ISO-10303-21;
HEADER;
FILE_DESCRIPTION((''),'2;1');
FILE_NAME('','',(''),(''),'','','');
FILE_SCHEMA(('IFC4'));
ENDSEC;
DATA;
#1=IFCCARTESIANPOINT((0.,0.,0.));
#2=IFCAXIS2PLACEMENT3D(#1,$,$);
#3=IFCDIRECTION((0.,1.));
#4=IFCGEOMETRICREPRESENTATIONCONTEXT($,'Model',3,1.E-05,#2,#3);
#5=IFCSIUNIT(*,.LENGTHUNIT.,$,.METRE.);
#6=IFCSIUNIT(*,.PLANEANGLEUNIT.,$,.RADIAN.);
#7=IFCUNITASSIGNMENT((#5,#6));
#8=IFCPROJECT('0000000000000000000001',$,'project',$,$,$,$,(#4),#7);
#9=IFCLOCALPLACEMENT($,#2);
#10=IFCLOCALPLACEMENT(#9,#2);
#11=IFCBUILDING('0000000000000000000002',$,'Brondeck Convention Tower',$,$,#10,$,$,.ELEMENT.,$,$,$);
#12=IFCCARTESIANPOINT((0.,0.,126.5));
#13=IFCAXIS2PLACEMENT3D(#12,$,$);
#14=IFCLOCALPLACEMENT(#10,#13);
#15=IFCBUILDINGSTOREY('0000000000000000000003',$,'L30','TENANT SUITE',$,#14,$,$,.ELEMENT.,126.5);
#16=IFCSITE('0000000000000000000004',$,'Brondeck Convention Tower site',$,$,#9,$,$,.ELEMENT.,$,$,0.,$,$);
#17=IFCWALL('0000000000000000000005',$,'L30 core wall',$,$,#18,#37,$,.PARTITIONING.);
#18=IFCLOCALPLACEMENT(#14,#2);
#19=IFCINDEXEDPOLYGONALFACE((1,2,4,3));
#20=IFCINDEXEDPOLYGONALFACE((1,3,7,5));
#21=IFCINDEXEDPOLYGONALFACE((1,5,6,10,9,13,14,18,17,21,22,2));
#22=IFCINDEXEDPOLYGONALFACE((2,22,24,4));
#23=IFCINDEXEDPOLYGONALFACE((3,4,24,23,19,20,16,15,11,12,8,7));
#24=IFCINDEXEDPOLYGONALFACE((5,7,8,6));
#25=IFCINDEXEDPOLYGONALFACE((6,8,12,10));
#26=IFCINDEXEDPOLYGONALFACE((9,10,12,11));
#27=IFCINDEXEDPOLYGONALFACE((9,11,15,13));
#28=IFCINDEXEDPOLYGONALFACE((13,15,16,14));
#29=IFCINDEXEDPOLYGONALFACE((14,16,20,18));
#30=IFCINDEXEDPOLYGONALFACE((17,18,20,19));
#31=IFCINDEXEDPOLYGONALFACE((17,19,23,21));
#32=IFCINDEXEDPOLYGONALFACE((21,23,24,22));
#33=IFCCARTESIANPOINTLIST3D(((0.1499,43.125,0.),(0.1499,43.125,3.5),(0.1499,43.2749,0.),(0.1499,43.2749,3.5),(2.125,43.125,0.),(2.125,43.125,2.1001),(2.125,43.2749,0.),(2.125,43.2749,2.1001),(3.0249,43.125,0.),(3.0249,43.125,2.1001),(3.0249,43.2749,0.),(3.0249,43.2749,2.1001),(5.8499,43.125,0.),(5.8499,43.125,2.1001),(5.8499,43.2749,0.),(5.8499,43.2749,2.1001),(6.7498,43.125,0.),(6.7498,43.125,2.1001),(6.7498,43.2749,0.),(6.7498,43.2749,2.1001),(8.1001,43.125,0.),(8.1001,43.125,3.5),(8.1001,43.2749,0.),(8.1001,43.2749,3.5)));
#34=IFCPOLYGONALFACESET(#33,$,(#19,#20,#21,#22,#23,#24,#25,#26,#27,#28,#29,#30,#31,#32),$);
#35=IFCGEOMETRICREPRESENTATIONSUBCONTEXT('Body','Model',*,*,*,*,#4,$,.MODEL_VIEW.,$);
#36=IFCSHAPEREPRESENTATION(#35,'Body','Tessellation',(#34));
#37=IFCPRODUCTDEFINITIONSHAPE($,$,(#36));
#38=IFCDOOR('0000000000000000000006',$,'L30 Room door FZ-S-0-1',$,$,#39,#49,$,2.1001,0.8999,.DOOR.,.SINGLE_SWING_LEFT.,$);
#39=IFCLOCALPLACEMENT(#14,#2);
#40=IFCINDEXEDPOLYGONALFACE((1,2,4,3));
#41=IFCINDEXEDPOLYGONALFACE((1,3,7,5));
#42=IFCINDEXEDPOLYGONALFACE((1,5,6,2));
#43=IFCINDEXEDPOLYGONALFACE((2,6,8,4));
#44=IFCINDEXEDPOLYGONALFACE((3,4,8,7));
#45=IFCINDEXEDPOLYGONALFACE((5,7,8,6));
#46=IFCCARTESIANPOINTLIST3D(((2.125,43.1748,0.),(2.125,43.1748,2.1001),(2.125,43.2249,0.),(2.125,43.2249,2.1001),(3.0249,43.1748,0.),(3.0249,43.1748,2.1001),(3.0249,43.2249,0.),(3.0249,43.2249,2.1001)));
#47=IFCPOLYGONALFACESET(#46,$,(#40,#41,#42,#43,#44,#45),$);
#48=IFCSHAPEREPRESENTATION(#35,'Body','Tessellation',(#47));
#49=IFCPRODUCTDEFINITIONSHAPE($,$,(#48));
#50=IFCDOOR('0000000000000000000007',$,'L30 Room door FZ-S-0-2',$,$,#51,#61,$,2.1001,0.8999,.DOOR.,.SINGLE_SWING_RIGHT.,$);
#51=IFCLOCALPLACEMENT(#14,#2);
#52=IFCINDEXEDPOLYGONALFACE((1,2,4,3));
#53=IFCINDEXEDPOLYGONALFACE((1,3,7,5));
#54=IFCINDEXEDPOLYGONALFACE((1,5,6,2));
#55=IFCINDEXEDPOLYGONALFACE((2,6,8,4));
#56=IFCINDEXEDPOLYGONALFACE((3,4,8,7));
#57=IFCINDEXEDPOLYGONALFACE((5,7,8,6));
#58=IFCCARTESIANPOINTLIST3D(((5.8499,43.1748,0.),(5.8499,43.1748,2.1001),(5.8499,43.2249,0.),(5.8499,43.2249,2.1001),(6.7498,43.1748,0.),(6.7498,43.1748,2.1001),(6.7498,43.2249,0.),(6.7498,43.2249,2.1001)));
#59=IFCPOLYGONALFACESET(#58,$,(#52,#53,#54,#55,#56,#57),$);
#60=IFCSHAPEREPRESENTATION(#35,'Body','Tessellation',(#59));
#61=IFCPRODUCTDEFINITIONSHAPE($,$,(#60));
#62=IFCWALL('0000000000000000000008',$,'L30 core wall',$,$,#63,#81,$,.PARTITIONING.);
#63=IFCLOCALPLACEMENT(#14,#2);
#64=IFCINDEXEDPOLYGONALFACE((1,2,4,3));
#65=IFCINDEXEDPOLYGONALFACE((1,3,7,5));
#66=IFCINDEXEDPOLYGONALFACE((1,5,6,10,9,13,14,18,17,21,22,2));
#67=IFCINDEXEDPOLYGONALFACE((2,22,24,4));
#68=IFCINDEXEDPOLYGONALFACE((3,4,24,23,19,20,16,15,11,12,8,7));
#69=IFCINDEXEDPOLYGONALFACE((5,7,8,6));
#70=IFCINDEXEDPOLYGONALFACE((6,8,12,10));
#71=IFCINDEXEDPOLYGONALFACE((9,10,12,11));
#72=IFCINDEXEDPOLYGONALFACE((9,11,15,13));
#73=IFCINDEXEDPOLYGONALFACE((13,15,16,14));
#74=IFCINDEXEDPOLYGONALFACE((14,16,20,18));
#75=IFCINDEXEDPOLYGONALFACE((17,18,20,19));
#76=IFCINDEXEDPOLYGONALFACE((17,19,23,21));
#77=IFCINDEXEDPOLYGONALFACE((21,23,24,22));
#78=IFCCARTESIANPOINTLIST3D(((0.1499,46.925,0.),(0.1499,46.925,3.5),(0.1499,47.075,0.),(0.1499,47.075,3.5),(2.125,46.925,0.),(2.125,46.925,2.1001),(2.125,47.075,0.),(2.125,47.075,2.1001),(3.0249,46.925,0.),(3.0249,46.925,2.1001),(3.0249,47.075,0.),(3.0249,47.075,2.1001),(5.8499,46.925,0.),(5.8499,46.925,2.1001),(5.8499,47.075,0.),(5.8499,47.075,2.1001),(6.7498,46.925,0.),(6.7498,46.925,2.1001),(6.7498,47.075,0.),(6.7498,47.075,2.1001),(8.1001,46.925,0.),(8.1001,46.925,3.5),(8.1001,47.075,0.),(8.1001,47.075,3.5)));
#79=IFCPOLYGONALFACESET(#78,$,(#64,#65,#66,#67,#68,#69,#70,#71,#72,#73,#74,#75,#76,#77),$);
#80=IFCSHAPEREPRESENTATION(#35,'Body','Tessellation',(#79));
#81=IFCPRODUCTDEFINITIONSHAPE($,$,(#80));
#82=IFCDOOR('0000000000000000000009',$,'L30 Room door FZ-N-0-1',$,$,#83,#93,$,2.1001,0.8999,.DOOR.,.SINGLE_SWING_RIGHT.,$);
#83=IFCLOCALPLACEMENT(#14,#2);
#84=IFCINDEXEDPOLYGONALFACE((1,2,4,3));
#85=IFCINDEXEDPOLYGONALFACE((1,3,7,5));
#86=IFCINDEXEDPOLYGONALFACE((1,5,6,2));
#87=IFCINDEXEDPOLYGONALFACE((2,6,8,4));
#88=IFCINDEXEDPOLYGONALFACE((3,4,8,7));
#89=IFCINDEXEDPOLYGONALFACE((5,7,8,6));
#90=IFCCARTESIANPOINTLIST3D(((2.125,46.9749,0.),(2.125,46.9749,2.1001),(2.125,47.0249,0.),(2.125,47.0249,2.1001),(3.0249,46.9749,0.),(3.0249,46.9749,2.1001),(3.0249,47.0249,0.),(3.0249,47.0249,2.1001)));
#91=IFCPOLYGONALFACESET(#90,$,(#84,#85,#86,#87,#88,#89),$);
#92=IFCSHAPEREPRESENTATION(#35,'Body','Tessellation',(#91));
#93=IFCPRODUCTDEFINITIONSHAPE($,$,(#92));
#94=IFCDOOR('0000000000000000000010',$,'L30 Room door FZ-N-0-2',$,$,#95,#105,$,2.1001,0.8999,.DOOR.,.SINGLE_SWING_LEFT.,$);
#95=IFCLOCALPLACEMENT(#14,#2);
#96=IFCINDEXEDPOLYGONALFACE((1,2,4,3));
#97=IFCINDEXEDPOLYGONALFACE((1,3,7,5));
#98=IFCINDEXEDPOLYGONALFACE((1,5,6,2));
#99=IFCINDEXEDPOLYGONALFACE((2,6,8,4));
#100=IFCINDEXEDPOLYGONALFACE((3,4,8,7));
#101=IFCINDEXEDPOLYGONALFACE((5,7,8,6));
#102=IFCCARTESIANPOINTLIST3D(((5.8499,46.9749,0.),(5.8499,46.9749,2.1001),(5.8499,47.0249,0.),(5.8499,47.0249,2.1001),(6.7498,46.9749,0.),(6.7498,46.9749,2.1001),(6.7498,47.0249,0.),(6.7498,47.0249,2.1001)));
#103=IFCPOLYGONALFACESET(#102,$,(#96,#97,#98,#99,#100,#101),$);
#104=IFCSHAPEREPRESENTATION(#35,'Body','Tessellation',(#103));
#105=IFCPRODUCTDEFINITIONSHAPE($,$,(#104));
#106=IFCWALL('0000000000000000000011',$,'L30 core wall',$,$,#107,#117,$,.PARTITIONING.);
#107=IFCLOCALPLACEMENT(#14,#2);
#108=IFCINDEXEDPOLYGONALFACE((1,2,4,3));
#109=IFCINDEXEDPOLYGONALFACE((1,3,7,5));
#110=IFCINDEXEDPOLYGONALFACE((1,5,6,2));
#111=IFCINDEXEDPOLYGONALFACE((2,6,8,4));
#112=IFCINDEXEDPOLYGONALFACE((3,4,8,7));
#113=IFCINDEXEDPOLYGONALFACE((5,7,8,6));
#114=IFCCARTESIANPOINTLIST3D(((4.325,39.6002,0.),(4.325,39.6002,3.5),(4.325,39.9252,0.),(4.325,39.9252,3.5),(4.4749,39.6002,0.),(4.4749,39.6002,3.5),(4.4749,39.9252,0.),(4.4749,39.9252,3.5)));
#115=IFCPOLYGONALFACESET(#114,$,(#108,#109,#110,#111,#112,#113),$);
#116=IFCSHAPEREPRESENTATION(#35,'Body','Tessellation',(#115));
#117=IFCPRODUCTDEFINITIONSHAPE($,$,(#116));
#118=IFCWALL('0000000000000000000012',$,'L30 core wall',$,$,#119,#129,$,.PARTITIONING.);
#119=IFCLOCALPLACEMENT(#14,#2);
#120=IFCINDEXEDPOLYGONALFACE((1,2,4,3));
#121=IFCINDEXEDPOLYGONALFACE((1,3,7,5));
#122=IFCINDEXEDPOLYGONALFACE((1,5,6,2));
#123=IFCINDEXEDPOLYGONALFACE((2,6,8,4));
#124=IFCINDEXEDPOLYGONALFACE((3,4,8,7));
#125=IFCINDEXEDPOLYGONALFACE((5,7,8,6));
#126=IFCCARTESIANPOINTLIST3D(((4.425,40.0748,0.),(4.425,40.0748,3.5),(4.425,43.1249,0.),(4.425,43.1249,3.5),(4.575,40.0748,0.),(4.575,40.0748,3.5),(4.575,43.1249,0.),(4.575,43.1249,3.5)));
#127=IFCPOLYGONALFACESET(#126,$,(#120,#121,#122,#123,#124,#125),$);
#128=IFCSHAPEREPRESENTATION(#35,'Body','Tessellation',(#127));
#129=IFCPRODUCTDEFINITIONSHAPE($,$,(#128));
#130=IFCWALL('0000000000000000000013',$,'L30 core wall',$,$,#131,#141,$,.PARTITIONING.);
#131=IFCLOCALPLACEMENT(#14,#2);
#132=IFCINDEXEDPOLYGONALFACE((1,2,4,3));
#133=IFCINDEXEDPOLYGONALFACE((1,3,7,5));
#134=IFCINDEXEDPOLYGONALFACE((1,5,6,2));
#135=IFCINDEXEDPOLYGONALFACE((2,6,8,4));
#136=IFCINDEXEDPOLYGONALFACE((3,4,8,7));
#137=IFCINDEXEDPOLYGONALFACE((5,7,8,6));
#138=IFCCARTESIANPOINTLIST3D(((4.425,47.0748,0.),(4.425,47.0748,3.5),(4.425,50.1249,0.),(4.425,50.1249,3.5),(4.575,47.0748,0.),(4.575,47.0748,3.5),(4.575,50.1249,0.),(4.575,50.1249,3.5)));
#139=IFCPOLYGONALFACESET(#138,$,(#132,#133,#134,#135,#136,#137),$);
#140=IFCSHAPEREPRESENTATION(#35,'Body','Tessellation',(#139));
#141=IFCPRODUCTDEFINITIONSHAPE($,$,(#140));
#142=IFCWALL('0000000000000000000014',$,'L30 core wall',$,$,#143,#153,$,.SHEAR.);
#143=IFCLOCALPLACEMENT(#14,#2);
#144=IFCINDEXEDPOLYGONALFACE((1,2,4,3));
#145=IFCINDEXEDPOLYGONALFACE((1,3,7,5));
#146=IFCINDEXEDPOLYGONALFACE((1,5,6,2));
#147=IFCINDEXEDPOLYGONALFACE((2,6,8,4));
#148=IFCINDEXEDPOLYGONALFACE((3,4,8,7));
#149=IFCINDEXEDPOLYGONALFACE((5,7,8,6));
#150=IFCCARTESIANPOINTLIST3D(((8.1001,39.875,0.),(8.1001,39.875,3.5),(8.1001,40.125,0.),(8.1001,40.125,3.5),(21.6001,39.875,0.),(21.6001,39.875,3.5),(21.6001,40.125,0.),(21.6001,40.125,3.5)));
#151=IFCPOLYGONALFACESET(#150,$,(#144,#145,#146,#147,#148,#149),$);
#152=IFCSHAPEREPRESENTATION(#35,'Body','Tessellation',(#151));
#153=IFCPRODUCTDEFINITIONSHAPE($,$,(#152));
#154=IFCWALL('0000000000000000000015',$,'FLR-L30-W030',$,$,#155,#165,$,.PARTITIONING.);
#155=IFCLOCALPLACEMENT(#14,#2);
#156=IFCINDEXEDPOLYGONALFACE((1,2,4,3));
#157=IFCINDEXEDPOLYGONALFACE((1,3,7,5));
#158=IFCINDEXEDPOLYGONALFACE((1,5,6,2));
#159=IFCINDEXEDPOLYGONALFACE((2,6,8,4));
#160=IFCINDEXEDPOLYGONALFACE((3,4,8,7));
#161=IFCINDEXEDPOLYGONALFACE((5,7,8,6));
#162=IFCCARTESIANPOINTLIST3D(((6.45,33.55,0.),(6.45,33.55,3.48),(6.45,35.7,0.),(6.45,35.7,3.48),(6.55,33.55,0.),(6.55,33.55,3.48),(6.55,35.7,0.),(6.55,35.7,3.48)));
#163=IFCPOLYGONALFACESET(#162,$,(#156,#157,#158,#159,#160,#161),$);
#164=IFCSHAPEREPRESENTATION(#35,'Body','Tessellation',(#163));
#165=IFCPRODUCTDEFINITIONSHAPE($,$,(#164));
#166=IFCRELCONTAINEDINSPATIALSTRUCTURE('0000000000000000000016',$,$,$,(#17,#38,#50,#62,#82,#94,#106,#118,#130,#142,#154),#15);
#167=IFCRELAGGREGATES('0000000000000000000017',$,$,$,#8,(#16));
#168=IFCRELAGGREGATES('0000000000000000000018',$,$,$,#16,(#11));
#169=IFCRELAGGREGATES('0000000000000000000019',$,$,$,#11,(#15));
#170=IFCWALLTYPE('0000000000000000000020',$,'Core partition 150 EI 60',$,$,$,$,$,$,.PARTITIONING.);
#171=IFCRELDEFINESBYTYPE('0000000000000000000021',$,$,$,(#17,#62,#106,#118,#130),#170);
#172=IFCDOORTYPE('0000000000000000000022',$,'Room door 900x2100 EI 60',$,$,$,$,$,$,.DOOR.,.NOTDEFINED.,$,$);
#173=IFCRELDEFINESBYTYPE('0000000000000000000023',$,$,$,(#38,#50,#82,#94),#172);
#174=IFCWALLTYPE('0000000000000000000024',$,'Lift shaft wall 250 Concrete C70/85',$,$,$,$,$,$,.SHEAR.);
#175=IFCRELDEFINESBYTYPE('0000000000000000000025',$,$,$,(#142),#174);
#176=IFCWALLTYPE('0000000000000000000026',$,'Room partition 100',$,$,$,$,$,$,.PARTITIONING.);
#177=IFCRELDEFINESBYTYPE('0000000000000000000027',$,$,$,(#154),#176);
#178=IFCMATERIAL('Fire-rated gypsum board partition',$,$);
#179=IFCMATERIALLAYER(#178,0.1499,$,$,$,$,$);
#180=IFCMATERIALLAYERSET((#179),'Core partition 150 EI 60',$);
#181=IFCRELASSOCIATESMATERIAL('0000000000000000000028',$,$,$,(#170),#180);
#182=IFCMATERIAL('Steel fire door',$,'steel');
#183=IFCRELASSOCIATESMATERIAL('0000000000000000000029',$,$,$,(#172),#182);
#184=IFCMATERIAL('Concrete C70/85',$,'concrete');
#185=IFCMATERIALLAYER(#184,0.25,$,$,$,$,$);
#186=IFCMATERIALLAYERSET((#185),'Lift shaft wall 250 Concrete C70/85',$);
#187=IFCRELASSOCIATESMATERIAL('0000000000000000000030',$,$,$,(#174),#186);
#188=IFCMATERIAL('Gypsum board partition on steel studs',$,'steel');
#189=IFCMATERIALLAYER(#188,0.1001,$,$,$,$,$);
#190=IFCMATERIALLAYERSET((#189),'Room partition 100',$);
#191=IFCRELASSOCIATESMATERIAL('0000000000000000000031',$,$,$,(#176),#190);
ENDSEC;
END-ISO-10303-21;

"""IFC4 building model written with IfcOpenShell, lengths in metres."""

from ifc_helpers import new_model, si_unit, direction, frame, frame_2d, origin, place, context, subcontext, project, spatial, rectangle, extrude, material, layer, layer_set, type_object, element, fill, save


model = new_model("IFC4")

# Units and contexts
model_context = context("Model", 3, precision=1e-05, world=origin(), true_north=direction((0.0, 1.0)))
body_context = subcontext(model_context, "Body", "Model", "MODEL_VIEW")
ifc_project = project(units=[si_unit("LENGTHUNIT", "METRE"), si_unit("PLANEANGLEUNIT", "RADIAN")], contexts=[model_context])

# Site, building, storey
site_placement = place(None, origin())
site = spatial("IfcSite", under=ifc_project, at=site_placement, Name="Brondeck Convention Tower site", CompositionType="ELEMENT", RefElevation=0.0)
building_placement = place(site_placement, origin())
building = spatial("IfcBuilding", under=site, at=building_placement, Name="Brondeck Convention Tower", CompositionType="ELEMENT")
storey_placement = place(building_placement, frame((0.0, 0.0, 126.5)))
storey = spatial("IfcBuildingStorey", under=building, at=storey_placement, Name="L30", Description="TENANT SUITE", CompositionType="ELEMENT", Elevation=126.5)

# Shared definitions
ifc_material_1 = material(Name="Concrete C70/85", Category="concrete")

# Shared definitions
ifc_material_2 = material(Name="Fire-rated gypsum board partition")
ifc_layer_1 = layer(ifc_material_2, 0.1499)
ifc_layer_set_1 = layer_set([ifc_layer_1], Name="Core partition 150 EI 60")
wall_type_1 = type_object("IfcWallType", Name="Core partition 150 EI 60", PredefinedType="PARTITIONING", material=ifc_layer_set_1)
ifc_material_3 = material(Name="Steel fire door", Category="steel")
door_type_1 = type_object("IfcDoorType", Name="Room door 900x2100 EI 60", OperationType="NOTDEFINED", PredefinedType="DOOR", material=ifc_material_3)

# Walls, openings, doors
wall_1_placement = place(storey_placement, frame((0.1499, 43.2, 0.0), z_axis=(0.0, 0.0, 1.0), x_axis=(1.0, 0.0, 0.0)))
wall_1 = element("IfcWall", 1, at=wall_1_placement, inside=storey, type_object=wall_type_1, Name="L30 core wall", PredefinedType="PARTITIONING", context=body_context, shape_type="SweptSolid", body=[
    extrude(rectangle(XDim=7.9502, YDim=0.1499, at=frame_2d((3.9751, 0.0))), origin(), (0.0, 0.0, 1.0), 3.5),
])
opening_1_placement = place(wall_1_placement, frame((1.9751, 0.0, 0.0)))
opening_1 = element("IfcOpeningElement", 2, at=opening_1_placement, cuts=wall_1, PredefinedType="OPENING", context=body_context, shape_type="SweptSolid", body=[
    extrude(rectangle(XDim=0.8999, YDim=2.1001, at=frame_2d((0.45, 1.05))), frame((0.0, 0.085, 0.0), z_axis=(0.0, -1.0, 0.0), x_axis=(1.0, 0.0, 0.0)), (0.0, 0.0, 1.0), 0.1699),
])
opening_2_placement = place(wall_1_placement, frame((5.7, 0.0, 0.0)))
opening_2 = element("IfcOpeningElement", 3, at=opening_2_placement, cuts=wall_1, PredefinedType="OPENING", context=body_context, shape_type="SweptSolid", body=[
    extrude(rectangle(XDim=0.8999, YDim=2.1001, at=frame_2d((0.45, 1.05))), frame((0.0, 0.085, 0.0), z_axis=(0.0, -1.0, 0.0), x_axis=(1.0, 0.0, 0.0)), (0.0, 0.0, 1.0), 0.1699),
])
door_1_placement = place(opening_1_placement, origin())
door_1 = element("IfcDoor", 4, at=door_1_placement, inside=storey, type_object=door_type_1, Name="L30 Room door FZ-S-0-1", OperationType="SINGLE_SWING_LEFT", OverallHeight=2.1001, OverallWidth=0.8999, PredefinedType="DOOR", context=body_context, shape_type="SweptSolid", body=[
    extrude(rectangle(XDim=0.8999, YDim=2.1001, at=frame_2d((0.45, 1.05))), frame((0.0, 0.0249, 0.0), z_axis=(0.0, -1.0, 0.0), x_axis=(1.0, 0.0, 0.0)), (0.0, 0.0, 1.0), 0.05),
])
fill(opening_1, door_1)
door_2_placement = place(opening_2_placement, origin())
door_2 = element("IfcDoor", 5, at=door_2_placement, inside=storey, type_object=door_type_1, Name="L30 Room door FZ-S-0-2", OperationType="SINGLE_SWING_RIGHT", OverallHeight=2.1001, OverallWidth=0.8999, PredefinedType="DOOR", context=body_context, shape_type="SweptSolid", body=[
    extrude(rectangle(XDim=0.8999, YDim=2.1001, at=frame_2d((0.45, 1.05))), frame((0.0, 0.0249, 0.0), z_axis=(0.0, -1.0, 0.0), x_axis=(1.0, 0.0, 0.0)), (0.0, 0.0, 1.0), 0.05),
])
fill(opening_2, door_2)
wall_2_placement = place(storey_placement, frame((0.1499, 47.0, 0.0), z_axis=(0.0, 0.0, 1.0), x_axis=(1.0, 0.0, 0.0)))
wall_2 = element("IfcWall", 6, at=wall_2_placement, inside=storey, type_object=wall_type_1, Name="L30 core wall", PredefinedType="PARTITIONING", context=body_context, shape_type="SweptSolid", body=[
    extrude(rectangle(XDim=7.9502, YDim=0.1499, at=frame_2d((3.9751, 0.0))), origin(), (0.0, 0.0, 1.0), 3.5),
])
opening_3_placement = place(wall_2_placement, frame((1.9751, 0.0, 0.0)))
opening_3 = element("IfcOpeningElement", 7, at=opening_3_placement, cuts=wall_2, PredefinedType="OPENING", context=body_context, shape_type="SweptSolid", body=[
    extrude(rectangle(XDim=0.8999, YDim=2.1001, at=frame_2d((0.45, 1.05))), frame((0.0, 0.085, 0.0), z_axis=(0.0, -1.0, 0.0), x_axis=(1.0, 0.0, 0.0)), (0.0, 0.0, 1.0), 0.1699),
])
opening_4_placement = place(wall_2_placement, frame((5.7, 0.0, 0.0)))
opening_4 = element("IfcOpeningElement", 8, at=opening_4_placement, cuts=wall_2, PredefinedType="OPENING", context=body_context, shape_type="SweptSolid", body=[
    extrude(rectangle(XDim=0.8999, YDim=2.1001, at=frame_2d((0.45, 1.05))), frame((0.0, 0.085, 0.0), z_axis=(0.0, -1.0, 0.0), x_axis=(1.0, 0.0, 0.0)), (0.0, 0.0, 1.0), 0.1699),
])
door_3_placement = place(opening_3_placement, origin())
door_3 = element("IfcDoor", 9, at=door_3_placement, inside=storey, type_object=door_type_1, Name="L30 Room door FZ-N-0-1", OperationType="SINGLE_SWING_RIGHT", OverallHeight=2.1001, OverallWidth=0.8999, PredefinedType="DOOR", context=body_context, shape_type="SweptSolid", body=[
    extrude(rectangle(XDim=0.8999, YDim=2.1001, at=frame_2d((0.45, 1.05))), frame((0.0, 0.0249, 0.0), z_axis=(0.0, -1.0, 0.0), x_axis=(1.0, 0.0, 0.0)), (0.0, 0.0, 1.0), 0.05),
])
fill(opening_3, door_3)
door_4_placement = place(opening_4_placement, origin())
door_4 = element("IfcDoor", 10, at=door_4_placement, inside=storey, type_object=door_type_1, Name="L30 Room door FZ-N-0-2", OperationType="SINGLE_SWING_LEFT", OverallHeight=2.1001, OverallWidth=0.8999, PredefinedType="DOOR", context=body_context, shape_type="SweptSolid", body=[
    extrude(rectangle(XDim=0.8999, YDim=2.1001, at=frame_2d((0.45, 1.05))), frame((0.0, 0.0249, 0.0), z_axis=(0.0, -1.0, 0.0), x_axis=(1.0, 0.0, 0.0)), (0.0, 0.0, 1.0), 0.05),
])
fill(opening_4, door_4)

# Walls
wall_3_placement = place(storey_placement, frame((4.3999, 39.6001, 0.0), z_axis=(0.0, 0.0, 1.0), x_axis=(0.0, 1.0, 0.0)))
element("IfcWall", 11, at=wall_3_placement, inside=storey, type_object=wall_type_1, Name="L30 core wall", PredefinedType="PARTITIONING", context=body_context, shape_type="SweptSolid", body=[
    extrude(rectangle(XDim=0.325, YDim=0.1499, at=frame_2d((0.1626, 0.0))), origin(), (0.0, 0.0, 1.0), 3.5),
])
for number, where, z_axis, x_axis, name in (
    (12, (4.5, 40.075, 0.0), (0.0, 0.0, 1.0), (0.0, 1.0, 0.0), "L30 core wall"),
    (13, (4.5, 47.075, 0.0), (0.0, 0.0, 1.0), (0.0, 1.0, 0.0), "L30 core wall"),
):
    element("IfcWall", number, at=place(storey_placement, frame(where, z_axis=z_axis, x_axis=x_axis)), inside=storey, type_object=wall_type_1, Name=name, PredefinedType="PARTITIONING", context=body_context, shape_type="SweptSolid", body=[
        extrude(rectangle(XDim=3.05, YDim=0.1499, at=frame_2d((1.5249, 0.0))), origin(), (0.0, 0.0, 1.0), 3.5),
    ])
ifc_layer_2 = layer(ifc_material_1, 0.25)
ifc_layer_set_2 = layer_set([ifc_layer_2], Name="Lift shaft wall 250 Concrete C70/85")
wall_type_2 = type_object("IfcWallType", Name="Lift shaft wall 250 Concrete C70/85", PredefinedType="SHEAR", material=ifc_layer_set_2)
wall_4_placement = place(storey_placement, frame((8.1001, 40.0, 0.0), z_axis=(0.0, 0.0, 1.0), x_axis=(1.0, 0.0, 0.0)))
element("IfcWall", 14, at=wall_4_placement, inside=storey, type_object=wall_type_2, Name="L30 core wall", PredefinedType="SHEAR", context=body_context, shape_type="SweptSolid", body=[
    extrude(rectangle(XDim=13.5, YDim=0.25, at=frame_2d((6.75, 0.0))), origin(), (0.0, 0.0, 1.0), 3.5),
])
ifc_material_4 = material(Name="Gypsum board partition on steel studs", Category="steel")
ifc_layer_3 = layer(ifc_material_4, 0.1001)
ifc_layer_set_3 = layer_set([ifc_layer_3], Name="Room partition 100")
wall_type_3 = type_object("IfcWallType", Name="Room partition 100", PredefinedType="PARTITIONING", material=ifc_layer_set_3)
wall_5_placement = place(storey_placement, frame((6.5, 33.55, 0.0), z_axis=(0.0, 0.0, 1.0), x_axis=(0.0, 1.0, 0.0)))
element("IfcWall", 15, at=wall_5_placement, inside=storey, type_object=wall_type_3, Name="FLR-L30-W030", PredefinedType="PARTITIONING", context=body_context, shape_type="SweptSolid", body=[
    extrude(rectangle(XDim=2.1499, YDim=0.1001, at=frame_2d((1.075, 0.0))), origin(), (0.0, 0.0, 1.0), 3.48),
])

save(model, "model.ifc")
